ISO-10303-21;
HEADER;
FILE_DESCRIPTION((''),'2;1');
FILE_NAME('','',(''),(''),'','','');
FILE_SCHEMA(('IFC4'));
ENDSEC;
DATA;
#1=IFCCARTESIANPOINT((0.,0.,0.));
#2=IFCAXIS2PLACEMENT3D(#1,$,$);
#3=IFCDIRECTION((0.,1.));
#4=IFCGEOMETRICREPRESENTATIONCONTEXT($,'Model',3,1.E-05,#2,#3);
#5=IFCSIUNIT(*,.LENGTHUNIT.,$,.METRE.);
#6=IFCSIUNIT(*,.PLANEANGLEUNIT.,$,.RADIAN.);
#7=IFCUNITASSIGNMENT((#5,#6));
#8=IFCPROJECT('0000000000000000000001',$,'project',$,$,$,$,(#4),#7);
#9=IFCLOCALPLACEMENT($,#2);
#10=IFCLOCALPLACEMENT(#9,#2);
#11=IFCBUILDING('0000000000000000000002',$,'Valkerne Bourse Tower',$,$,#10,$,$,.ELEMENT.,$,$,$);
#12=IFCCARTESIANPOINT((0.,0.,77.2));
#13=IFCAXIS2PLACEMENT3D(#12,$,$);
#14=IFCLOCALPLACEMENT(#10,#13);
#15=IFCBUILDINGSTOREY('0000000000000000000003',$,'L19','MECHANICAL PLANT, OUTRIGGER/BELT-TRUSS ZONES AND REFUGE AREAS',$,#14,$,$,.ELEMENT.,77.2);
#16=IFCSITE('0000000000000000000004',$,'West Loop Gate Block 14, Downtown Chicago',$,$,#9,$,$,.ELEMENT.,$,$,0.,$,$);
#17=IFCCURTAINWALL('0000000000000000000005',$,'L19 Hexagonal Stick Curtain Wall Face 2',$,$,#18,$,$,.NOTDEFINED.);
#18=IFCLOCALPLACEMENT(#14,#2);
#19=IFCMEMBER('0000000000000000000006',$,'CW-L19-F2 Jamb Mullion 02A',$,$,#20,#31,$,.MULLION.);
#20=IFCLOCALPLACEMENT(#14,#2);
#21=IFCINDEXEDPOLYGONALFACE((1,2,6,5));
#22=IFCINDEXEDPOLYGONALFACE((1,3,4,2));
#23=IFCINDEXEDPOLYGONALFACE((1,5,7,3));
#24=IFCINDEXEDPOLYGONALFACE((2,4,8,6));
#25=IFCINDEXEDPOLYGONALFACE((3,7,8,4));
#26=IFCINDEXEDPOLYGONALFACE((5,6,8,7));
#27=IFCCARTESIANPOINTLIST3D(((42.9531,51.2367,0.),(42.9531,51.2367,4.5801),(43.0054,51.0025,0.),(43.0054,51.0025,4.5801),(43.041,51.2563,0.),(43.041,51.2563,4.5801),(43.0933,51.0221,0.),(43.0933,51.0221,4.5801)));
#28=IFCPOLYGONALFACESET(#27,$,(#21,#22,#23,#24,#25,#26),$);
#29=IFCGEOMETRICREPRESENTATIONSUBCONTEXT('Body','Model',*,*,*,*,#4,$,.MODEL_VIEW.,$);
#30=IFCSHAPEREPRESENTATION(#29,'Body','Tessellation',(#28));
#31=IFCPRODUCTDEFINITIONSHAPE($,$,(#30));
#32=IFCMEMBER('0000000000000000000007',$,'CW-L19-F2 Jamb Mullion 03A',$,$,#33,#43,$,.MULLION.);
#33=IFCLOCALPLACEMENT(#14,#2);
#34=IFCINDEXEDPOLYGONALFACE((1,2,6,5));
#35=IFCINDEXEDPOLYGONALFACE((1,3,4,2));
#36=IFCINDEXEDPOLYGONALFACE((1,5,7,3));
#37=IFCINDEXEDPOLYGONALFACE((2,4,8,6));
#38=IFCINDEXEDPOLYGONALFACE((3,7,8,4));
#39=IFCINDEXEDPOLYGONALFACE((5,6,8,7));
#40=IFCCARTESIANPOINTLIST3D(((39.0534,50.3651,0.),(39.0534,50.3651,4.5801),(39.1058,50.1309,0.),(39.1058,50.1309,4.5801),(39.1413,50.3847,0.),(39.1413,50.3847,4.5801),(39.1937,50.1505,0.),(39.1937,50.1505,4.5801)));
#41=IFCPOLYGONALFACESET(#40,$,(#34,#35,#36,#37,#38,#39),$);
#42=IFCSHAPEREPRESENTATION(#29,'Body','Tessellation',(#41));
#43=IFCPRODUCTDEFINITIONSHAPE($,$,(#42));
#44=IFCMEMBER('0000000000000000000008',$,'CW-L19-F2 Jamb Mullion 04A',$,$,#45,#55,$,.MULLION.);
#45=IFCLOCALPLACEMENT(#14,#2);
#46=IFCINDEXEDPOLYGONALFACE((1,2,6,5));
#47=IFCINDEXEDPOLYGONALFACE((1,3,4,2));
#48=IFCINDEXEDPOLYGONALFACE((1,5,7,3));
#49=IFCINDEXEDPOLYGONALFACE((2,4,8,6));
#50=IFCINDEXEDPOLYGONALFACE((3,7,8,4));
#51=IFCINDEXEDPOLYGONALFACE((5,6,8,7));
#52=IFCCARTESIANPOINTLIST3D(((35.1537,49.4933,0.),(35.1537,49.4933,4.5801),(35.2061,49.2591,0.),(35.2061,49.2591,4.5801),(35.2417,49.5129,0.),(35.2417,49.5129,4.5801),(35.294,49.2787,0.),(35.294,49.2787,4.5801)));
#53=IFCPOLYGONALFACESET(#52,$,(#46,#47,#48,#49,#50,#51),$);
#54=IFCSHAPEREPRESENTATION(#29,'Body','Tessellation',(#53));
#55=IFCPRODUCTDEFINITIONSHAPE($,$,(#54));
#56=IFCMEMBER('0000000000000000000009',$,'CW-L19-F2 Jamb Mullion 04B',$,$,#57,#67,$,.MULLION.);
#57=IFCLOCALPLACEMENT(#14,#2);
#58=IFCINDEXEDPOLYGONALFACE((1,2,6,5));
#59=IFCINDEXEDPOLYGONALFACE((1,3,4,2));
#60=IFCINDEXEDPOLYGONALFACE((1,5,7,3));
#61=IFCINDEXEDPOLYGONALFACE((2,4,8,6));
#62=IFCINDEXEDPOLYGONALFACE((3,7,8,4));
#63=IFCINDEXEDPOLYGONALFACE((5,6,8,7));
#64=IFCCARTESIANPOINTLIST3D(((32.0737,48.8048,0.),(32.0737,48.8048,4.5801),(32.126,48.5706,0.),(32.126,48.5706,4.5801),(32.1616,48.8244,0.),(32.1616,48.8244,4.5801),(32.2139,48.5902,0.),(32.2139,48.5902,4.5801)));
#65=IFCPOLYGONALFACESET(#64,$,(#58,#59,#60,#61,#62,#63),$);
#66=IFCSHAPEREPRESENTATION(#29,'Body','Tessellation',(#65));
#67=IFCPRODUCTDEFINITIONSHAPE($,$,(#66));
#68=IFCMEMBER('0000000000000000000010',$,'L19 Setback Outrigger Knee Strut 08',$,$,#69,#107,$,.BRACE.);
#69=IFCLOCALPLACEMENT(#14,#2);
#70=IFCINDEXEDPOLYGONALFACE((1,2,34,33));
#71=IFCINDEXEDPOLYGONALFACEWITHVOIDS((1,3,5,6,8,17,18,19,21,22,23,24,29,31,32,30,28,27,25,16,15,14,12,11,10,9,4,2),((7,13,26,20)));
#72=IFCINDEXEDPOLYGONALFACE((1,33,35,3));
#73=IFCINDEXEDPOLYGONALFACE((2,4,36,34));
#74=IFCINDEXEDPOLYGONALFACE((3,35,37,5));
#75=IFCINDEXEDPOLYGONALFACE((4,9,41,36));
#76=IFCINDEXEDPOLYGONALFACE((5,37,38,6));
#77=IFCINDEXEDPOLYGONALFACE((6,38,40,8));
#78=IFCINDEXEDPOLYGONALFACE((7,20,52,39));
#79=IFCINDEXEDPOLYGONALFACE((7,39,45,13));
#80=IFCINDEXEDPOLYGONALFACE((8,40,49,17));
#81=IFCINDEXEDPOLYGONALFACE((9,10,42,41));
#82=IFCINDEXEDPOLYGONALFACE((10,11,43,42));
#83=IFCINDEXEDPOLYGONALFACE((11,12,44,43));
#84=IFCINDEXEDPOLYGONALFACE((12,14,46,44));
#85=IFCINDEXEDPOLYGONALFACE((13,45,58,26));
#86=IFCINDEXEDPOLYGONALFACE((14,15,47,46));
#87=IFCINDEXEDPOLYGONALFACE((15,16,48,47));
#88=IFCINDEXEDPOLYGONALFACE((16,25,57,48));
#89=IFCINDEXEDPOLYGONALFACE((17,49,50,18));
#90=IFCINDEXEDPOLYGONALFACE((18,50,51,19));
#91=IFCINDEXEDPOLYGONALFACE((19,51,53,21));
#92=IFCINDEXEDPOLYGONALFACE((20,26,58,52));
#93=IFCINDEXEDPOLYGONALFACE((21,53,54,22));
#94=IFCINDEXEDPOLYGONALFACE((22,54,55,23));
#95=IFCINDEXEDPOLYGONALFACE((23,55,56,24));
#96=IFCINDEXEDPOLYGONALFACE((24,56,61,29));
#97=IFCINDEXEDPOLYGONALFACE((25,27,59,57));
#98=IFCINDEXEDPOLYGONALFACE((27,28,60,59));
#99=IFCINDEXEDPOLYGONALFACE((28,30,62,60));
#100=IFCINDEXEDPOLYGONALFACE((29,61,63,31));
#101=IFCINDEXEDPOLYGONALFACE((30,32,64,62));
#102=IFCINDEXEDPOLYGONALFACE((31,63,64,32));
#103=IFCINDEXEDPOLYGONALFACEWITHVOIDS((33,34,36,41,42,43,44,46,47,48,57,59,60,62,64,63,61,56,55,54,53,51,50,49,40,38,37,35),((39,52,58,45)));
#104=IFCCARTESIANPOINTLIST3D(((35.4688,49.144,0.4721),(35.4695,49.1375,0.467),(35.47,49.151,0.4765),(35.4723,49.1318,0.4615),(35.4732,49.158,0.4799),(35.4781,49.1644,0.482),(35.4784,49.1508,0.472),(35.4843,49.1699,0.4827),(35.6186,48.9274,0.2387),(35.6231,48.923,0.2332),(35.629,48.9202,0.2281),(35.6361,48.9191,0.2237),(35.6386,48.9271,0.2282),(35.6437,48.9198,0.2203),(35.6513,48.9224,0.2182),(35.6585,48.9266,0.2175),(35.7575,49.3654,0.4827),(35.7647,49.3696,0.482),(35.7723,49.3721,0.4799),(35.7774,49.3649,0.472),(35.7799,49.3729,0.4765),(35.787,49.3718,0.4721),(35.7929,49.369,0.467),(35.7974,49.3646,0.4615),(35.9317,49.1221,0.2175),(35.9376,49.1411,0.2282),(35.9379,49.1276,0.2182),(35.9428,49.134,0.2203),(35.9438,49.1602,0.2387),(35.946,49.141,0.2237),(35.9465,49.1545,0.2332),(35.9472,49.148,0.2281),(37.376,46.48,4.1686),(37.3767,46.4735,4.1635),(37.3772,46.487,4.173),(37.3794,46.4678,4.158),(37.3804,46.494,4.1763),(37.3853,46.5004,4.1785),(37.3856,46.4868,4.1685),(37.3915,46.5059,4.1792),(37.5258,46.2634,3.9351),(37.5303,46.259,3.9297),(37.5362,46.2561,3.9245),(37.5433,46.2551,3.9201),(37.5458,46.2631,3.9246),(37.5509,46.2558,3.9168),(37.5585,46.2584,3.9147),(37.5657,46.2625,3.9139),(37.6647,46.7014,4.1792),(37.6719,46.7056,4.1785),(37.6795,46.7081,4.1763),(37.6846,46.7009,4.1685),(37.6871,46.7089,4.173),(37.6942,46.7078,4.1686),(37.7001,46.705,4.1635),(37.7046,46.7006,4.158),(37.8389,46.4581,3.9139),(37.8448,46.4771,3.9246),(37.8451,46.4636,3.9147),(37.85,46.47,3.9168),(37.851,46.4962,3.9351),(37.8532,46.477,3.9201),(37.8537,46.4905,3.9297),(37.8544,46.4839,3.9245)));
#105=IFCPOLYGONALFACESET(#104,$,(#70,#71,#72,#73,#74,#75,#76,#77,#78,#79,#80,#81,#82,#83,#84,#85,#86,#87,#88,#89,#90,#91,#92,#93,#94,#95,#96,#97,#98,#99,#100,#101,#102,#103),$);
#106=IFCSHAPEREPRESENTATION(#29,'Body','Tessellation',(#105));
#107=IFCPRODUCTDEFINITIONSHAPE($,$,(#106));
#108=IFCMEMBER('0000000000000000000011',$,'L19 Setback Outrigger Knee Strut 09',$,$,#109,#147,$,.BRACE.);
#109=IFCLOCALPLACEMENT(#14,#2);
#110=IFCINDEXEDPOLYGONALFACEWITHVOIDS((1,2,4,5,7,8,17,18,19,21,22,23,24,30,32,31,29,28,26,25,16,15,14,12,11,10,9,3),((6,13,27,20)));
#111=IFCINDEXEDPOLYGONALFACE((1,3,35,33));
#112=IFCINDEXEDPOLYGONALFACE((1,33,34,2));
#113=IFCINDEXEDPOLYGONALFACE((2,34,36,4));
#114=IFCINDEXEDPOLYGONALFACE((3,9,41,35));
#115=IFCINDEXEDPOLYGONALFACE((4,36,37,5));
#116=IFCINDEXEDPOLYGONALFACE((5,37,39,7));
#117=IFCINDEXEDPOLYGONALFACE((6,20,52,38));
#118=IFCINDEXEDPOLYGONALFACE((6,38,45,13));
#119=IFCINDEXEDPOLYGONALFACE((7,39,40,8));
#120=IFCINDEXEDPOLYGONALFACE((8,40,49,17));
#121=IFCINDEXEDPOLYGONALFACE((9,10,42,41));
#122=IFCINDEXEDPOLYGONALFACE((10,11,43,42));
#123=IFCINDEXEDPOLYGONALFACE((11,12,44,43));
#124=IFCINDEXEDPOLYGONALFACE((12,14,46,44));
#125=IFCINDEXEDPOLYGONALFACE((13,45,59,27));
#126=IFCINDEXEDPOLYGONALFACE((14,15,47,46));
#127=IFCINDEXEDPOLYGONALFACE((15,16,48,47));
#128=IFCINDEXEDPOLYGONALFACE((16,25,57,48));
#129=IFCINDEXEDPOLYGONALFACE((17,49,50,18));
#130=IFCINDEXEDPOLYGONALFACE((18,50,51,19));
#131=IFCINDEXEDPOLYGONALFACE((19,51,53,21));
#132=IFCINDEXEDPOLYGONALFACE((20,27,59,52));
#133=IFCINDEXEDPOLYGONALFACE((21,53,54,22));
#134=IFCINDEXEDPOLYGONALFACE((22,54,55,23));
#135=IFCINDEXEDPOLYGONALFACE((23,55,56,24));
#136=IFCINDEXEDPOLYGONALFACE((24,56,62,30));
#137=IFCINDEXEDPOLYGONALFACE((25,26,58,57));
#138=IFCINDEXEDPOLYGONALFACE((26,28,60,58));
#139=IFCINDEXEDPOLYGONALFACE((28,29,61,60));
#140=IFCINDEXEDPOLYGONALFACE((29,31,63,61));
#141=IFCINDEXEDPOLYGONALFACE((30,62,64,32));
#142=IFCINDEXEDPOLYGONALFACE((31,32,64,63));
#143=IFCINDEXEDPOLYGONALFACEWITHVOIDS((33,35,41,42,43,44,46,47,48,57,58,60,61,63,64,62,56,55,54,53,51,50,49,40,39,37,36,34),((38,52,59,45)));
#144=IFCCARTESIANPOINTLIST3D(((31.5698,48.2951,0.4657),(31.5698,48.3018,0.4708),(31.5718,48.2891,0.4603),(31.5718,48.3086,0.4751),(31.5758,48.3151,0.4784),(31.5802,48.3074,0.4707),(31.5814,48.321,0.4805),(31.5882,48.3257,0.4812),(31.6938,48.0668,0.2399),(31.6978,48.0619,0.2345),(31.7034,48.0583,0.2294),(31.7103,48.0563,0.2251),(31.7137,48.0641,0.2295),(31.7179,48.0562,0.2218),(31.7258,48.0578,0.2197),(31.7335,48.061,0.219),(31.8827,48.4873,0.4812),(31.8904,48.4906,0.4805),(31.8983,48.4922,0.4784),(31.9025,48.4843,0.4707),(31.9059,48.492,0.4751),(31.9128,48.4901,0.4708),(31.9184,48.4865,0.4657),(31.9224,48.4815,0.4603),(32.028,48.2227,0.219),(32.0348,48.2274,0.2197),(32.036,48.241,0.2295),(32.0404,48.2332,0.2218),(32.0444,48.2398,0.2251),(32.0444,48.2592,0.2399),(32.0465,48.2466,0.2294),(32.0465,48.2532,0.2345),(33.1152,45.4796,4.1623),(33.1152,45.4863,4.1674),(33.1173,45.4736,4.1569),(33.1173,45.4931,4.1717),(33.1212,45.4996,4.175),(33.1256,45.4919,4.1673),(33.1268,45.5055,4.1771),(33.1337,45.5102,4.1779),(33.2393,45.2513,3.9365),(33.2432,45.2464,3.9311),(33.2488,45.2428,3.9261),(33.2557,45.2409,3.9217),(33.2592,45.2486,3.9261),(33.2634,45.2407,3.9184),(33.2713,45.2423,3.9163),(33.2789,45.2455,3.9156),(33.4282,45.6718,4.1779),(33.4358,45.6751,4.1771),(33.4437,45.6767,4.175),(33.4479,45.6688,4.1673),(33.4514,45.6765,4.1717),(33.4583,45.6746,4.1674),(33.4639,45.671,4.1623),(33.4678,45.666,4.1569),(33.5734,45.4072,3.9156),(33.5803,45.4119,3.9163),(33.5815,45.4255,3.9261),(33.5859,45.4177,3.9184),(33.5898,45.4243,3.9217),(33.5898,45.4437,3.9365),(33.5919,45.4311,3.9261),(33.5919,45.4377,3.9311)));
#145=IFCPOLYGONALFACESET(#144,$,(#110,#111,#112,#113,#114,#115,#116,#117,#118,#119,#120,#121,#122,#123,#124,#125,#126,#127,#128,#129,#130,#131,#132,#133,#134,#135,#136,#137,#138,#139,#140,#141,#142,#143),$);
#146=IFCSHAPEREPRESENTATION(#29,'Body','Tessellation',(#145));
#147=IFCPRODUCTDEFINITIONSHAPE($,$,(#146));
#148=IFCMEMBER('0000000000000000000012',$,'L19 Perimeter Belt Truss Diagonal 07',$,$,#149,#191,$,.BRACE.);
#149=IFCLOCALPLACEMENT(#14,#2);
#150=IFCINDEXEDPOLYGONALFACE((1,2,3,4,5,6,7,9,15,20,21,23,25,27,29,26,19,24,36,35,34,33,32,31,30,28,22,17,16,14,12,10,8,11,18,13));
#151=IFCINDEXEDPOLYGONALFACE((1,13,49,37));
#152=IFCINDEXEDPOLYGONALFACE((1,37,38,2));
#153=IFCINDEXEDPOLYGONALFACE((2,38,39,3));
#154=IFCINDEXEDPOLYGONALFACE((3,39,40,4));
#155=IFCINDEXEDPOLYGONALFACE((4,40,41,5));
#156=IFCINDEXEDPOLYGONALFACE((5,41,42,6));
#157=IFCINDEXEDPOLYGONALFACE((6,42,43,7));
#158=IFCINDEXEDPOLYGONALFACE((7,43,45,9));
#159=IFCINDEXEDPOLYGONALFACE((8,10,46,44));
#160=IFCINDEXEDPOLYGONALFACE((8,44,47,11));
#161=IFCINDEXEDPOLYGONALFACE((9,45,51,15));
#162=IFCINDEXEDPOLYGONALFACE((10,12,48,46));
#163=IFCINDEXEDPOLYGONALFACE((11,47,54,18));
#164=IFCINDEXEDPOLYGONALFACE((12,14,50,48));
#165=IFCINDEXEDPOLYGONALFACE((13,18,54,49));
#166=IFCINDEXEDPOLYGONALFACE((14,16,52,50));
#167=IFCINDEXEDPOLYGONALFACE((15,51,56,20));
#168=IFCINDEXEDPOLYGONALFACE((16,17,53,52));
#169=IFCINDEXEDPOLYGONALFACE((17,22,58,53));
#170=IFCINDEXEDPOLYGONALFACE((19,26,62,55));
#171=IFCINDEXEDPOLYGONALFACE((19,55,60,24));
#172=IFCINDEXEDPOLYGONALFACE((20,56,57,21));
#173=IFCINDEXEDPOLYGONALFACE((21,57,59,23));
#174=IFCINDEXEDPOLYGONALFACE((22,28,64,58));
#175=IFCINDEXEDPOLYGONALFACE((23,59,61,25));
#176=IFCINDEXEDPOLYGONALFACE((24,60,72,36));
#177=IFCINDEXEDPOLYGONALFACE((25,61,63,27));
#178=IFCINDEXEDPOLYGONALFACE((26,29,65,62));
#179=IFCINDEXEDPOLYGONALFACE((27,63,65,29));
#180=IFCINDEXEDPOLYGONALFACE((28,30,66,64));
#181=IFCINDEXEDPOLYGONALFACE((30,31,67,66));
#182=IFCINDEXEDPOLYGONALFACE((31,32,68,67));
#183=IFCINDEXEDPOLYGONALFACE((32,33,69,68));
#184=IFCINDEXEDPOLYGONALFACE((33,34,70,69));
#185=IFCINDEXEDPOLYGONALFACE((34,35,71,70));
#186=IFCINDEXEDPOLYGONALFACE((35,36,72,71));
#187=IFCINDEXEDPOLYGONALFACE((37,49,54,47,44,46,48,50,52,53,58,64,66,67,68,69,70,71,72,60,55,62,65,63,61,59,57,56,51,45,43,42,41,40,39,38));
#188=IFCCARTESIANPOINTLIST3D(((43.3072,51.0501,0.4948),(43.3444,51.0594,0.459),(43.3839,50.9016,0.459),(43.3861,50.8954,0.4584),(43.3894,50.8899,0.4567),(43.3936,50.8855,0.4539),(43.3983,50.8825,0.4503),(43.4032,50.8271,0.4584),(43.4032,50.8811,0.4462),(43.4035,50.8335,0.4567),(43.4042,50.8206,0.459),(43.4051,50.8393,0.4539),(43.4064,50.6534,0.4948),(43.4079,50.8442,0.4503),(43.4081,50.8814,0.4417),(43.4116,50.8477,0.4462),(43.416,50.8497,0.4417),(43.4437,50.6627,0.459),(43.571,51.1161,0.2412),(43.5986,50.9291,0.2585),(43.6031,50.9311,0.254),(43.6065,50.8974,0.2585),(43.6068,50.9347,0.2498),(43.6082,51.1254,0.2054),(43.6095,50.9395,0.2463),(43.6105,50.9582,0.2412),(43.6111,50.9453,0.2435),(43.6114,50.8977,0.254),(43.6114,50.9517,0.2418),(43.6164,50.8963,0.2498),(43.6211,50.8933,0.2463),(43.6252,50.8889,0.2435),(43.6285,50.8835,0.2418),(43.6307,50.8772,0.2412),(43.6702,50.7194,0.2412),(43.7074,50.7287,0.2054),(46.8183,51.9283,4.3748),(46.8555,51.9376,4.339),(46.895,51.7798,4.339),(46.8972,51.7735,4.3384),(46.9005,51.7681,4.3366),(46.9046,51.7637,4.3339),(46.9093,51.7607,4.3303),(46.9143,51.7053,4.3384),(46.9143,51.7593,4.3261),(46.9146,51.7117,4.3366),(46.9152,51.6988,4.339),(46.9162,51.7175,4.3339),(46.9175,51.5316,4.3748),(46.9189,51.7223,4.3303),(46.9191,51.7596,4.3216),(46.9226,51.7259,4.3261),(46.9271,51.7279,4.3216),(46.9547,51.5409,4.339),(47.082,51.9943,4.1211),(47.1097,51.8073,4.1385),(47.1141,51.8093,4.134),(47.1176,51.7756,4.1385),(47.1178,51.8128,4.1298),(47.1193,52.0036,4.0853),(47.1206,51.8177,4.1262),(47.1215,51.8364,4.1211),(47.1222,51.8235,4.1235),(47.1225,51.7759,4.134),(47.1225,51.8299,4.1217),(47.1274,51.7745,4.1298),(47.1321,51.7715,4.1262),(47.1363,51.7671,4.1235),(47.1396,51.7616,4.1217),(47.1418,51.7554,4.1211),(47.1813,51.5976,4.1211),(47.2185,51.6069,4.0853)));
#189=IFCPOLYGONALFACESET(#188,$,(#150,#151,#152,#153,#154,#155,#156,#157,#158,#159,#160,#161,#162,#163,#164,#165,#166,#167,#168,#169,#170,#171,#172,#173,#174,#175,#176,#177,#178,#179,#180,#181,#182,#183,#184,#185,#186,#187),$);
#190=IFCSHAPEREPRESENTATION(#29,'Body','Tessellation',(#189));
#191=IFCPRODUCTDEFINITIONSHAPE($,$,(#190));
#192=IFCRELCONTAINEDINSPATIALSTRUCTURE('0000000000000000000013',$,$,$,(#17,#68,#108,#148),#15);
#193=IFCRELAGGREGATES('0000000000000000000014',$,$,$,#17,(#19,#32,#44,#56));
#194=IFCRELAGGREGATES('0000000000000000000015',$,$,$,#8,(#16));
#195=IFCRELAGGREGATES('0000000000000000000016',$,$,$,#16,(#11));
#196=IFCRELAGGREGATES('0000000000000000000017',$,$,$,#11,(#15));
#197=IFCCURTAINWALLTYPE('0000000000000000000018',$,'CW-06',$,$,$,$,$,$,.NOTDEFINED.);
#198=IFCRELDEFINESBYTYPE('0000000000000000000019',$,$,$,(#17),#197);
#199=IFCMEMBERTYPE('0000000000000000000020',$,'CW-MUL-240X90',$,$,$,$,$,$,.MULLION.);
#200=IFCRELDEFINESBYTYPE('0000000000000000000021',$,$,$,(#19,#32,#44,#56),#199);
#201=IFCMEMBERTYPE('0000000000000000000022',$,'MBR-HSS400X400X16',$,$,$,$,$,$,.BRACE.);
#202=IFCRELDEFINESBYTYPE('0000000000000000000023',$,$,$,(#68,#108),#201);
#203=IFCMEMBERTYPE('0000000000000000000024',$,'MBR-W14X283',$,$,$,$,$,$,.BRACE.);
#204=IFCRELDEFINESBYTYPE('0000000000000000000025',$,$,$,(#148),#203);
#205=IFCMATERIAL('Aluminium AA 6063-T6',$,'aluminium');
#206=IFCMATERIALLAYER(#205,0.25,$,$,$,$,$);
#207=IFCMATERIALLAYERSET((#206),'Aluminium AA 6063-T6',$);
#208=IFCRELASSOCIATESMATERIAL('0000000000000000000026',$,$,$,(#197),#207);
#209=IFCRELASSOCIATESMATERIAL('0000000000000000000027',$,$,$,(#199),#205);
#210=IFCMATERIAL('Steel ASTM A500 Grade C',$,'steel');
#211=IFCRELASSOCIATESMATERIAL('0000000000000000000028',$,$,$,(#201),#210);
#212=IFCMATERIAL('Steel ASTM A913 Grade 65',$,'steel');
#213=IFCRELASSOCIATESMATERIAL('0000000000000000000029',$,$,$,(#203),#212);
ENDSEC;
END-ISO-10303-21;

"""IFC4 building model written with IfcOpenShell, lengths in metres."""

from ifc_helpers import new_model, si_unit, direction, frame, origin, origin_2d, place, context, subcontext, project, spatial, rectangle, hollow_rectangle, i_section, extrude, material, layer, layer_set, material_profile, profile_set, type_object, element, aggregate, save


model = new_model("IFC4")

# Units and contexts
model_context = context("Model", 3, precision=1e-05, world=origin(), true_north=direction((0.0, 1.0)))
body_context = subcontext(model_context, "Body", "Model", "MODEL_VIEW")
ifc_project = project(units=[si_unit("LENGTHUNIT", "METRE"), si_unit("PLANEANGLEUNIT", "RADIAN")], contexts=[model_context])

# Site, building, storey
site_placement = place(None, origin())
site = spatial("IfcSite", under=ifc_project, at=site_placement, Name="West Loop Gate Block 14, Downtown Chicago", CompositionType="ELEMENT", RefElevation=0.0)
building_placement = place(site_placement, origin())
building = spatial("IfcBuilding", under=site, at=building_placement, Name="Valkerne Bourse Tower", CompositionType="ELEMENT")
storey_placement = place(building_placement, frame((0.0, 0.0, 77.2)))
storey = spatial("IfcBuildingStorey", under=building, at=storey_placement, Name="L19", Description="MECHANICAL PLANT, OUTRIGGER/BELT-TRUSS ZONES AND REFUGE AREAS", CompositionType="ELEMENT", Elevation=77.2)

# Shared definitions
ifc_material_1 = material(Name="Steel ASTM A913 Grade 65", Category="steel")

# Curtain wall, members
ifc_material_2 = material(Name="Aluminium AA 6063-T6", Category="aluminium")
ifc_layer_1 = layer(ifc_material_2, 0.25)
ifc_layer_set_1 = layer_set([ifc_layer_1], Name="Aluminium AA 6063-T6")
curtain_wall_type = type_object("IfcCurtainWallType", Name="CW-06", PredefinedType="NOTDEFINED", material=ifc_layer_set_1)
curtain_wall_placement = place(storey_placement, origin())
curtain_wall = element("IfcCurtainWall", 1, at=curtain_wall_placement, inside=storey, type_object=curtain_wall_type, Name="L19 Hexagonal Stick Curtain Wall Face 2", PredefinedType="NOTDEFINED")
ifc_material_profile_1 = material_profile(ifc_material_2, rectangle(XDim=0.0901, YDim=0.24, at=origin_2d()), Name="CWM-90X240")
ifc_profile_set_1 = profile_set([ifc_material_profile_1], Name="Aluminium AA 6063-T6")
member_type_1 = type_object("IfcMemberType", Name="CW-MUL-240X90", PredefinedType="MULLION", material=ifc_profile_set_1)
member_1_placement = place(storey_placement, frame((43.0232, 51.1294, 0.0), z_axis=(0.0, 0.0, 1.0), x_axis=(-0.975916, -0.218147, 0.0)))
member_1 = element("IfcMember", 2, at=member_1_placement, type_object=member_type_1, Name="CW-L19-F2 Jamb Mullion 02A", PredefinedType="MULLION", context=body_context, shape_type="SweptSolid", body=[
    extrude(rectangle(XDim=0.0901, YDim=0.24, at=origin_2d()), origin(), (0.0, 0.0, 1.0), 4.5801),
])
member_2_placement = place(storey_placement, frame((39.1235, 50.2578, 0.0), z_axis=(0.0, 0.0, 1.0), x_axis=(-0.975917, -0.218141, 0.0)))
member_2 = element("IfcMember", 3, at=member_2_placement, type_object=member_type_1, Name="CW-L19-F2 Jamb Mullion 03A", PredefinedType="MULLION", context=body_context, shape_type="SweptSolid", body=[
    extrude(rectangle(XDim=0.0901, YDim=0.24, at=origin_2d()), origin(), (0.0, 0.0, 1.0), 4.5801),
])
member_3_placement = place(storey_placement, frame((35.2239, 49.386, 0.0), z_axis=(0.0, 0.0, 1.0), x_axis=(-0.975917, -0.218141, 0.0)))
member_3 = element("IfcMember", 4, at=member_3_placement, type_object=member_type_1, Name="CW-L19-F2 Jamb Mullion 04A", PredefinedType="MULLION", context=body_context, shape_type="SweptSolid", body=[
    extrude(rectangle(XDim=0.0901, YDim=0.24, at=origin_2d()), origin(), (0.0, 0.0, 1.0), 4.5801),
])
member_4_placement = place(storey_placement, frame((32.1438, 48.6975, 0.0), z_axis=(0.0, 0.0, 1.0), x_axis=(-0.975917, -0.218141, 0.0)))
member_4 = element("IfcMember", 5, at=member_4_placement, type_object=member_type_1, Name="CW-L19-F2 Jamb Mullion 04B", PredefinedType="MULLION", context=body_context, shape_type="SweptSolid", body=[
    extrude(rectangle(XDim=0.0901, YDim=0.24, at=origin_2d()), origin(), (0.0, 0.0, 1.0), 4.5801),
])

# Members
ifc_material_3 = material(Name="Steel ASTM A500 Grade C", Category="steel")
ifc_material_profile_2 = material_profile(ifc_material_3, hollow_rectangle(XDim=0.3999, YDim=0.3999, WallThickness=0.0161, OuterFilletRadius=0.032, at=origin_2d()), Name="HSS400X400X16")
ifc_profile_set_2 = profile_set([ifc_material_profile_2], Name="Steel ASTM A500 Grade C")
member_type_2 = type_object("IfcMemberType", Name="MBR-HSS400X400X16", PredefinedType="BRACE", material=ifc_profile_set_2)
member_5_placement = place(storey_placement, frame((35.708, 49.146, 0.3501), z_axis=(0.386114, -0.539334, 0.748355), x_axis=(0.813109, 0.582112, 0.0)))
element("IfcMember", 6, at=member_5_placement, inside=storey, type_object=member_type_2, Name="L19 Setback Outrigger Knee Strut 08", PredefinedType="BRACE", context=body_context, shape_type="SweptSolid", body=[
    extrude(hollow_rectangle(XDim=0.3999, YDim=0.3999, WallThickness=0.0161, OuterFilletRadius=0.032, at=origin_2d()), origin(), (0.0, 0.0, 1.0), 4.9395),
])
member_6_placement = place(storey_placement, frame((31.8081, 48.2742, 0.3501), z_axis=(0.315592, -0.574945, 0.754877), x_axis=(0.87662, 0.481183, 0.0)))
element("IfcMember", 7, at=member_6_placement, inside=storey, type_object=member_type_2, Name="L19 Setback Outrigger Knee Strut 09", PredefinedType="BRACE", context=body_context, shape_type="SweptSolid", body=[
    extrude(hollow_rectangle(XDim=0.3999, YDim=0.3999, WallThickness=0.0161, OuterFilletRadius=0.032, at=origin_2d()), origin(), (0.0, 0.0, 1.0), 4.897),
])
ifc_material_profile_3 = material_profile(ifc_material_1, i_section(OverallWidth=0.4089, OverallDepth=0.4243, WebThickness=0.0327, FlangeThickness=0.0525, FilletRadius=0.0254, at=origin_2d()), Name="W14X283")
ifc_profile_set_3 = profile_set([ifc_material_profile_3], Name="Steel ASTM A913 Grade 65")
member_type_3 = type_object("IfcMemberType", Name="MBR-W14X283", PredefinedType="BRACE", material=ifc_profile_set_3)
member_7_placement = place(storey_placement, frame((43.5073, 50.8894, 0.3501), z_axis=(0.661724, 0.165511, 0.731251), x_axis=(-0.242647, 0.970115, 0.0)))
element("IfcMember", 8, at=member_7_placement, inside=storey, type_object=member_type_3, Name="L19 Perimeter Belt Truss Diagonal 07", PredefinedType="BRACE", context=body_context, shape_type="SweptSolid", body=[
    extrude(i_section(OverallWidth=0.4089, OverallDepth=0.4243, WebThickness=0.0327, FlangeThickness=0.0525, FilletRadius=0.0254, at=origin_2d()), origin(), (0.0, 0.0, 1.0), 5.3059),
])

aggregate(curtain_wall, [member_1, member_2, member_3, member_4])

save(model, "model.ifc")
